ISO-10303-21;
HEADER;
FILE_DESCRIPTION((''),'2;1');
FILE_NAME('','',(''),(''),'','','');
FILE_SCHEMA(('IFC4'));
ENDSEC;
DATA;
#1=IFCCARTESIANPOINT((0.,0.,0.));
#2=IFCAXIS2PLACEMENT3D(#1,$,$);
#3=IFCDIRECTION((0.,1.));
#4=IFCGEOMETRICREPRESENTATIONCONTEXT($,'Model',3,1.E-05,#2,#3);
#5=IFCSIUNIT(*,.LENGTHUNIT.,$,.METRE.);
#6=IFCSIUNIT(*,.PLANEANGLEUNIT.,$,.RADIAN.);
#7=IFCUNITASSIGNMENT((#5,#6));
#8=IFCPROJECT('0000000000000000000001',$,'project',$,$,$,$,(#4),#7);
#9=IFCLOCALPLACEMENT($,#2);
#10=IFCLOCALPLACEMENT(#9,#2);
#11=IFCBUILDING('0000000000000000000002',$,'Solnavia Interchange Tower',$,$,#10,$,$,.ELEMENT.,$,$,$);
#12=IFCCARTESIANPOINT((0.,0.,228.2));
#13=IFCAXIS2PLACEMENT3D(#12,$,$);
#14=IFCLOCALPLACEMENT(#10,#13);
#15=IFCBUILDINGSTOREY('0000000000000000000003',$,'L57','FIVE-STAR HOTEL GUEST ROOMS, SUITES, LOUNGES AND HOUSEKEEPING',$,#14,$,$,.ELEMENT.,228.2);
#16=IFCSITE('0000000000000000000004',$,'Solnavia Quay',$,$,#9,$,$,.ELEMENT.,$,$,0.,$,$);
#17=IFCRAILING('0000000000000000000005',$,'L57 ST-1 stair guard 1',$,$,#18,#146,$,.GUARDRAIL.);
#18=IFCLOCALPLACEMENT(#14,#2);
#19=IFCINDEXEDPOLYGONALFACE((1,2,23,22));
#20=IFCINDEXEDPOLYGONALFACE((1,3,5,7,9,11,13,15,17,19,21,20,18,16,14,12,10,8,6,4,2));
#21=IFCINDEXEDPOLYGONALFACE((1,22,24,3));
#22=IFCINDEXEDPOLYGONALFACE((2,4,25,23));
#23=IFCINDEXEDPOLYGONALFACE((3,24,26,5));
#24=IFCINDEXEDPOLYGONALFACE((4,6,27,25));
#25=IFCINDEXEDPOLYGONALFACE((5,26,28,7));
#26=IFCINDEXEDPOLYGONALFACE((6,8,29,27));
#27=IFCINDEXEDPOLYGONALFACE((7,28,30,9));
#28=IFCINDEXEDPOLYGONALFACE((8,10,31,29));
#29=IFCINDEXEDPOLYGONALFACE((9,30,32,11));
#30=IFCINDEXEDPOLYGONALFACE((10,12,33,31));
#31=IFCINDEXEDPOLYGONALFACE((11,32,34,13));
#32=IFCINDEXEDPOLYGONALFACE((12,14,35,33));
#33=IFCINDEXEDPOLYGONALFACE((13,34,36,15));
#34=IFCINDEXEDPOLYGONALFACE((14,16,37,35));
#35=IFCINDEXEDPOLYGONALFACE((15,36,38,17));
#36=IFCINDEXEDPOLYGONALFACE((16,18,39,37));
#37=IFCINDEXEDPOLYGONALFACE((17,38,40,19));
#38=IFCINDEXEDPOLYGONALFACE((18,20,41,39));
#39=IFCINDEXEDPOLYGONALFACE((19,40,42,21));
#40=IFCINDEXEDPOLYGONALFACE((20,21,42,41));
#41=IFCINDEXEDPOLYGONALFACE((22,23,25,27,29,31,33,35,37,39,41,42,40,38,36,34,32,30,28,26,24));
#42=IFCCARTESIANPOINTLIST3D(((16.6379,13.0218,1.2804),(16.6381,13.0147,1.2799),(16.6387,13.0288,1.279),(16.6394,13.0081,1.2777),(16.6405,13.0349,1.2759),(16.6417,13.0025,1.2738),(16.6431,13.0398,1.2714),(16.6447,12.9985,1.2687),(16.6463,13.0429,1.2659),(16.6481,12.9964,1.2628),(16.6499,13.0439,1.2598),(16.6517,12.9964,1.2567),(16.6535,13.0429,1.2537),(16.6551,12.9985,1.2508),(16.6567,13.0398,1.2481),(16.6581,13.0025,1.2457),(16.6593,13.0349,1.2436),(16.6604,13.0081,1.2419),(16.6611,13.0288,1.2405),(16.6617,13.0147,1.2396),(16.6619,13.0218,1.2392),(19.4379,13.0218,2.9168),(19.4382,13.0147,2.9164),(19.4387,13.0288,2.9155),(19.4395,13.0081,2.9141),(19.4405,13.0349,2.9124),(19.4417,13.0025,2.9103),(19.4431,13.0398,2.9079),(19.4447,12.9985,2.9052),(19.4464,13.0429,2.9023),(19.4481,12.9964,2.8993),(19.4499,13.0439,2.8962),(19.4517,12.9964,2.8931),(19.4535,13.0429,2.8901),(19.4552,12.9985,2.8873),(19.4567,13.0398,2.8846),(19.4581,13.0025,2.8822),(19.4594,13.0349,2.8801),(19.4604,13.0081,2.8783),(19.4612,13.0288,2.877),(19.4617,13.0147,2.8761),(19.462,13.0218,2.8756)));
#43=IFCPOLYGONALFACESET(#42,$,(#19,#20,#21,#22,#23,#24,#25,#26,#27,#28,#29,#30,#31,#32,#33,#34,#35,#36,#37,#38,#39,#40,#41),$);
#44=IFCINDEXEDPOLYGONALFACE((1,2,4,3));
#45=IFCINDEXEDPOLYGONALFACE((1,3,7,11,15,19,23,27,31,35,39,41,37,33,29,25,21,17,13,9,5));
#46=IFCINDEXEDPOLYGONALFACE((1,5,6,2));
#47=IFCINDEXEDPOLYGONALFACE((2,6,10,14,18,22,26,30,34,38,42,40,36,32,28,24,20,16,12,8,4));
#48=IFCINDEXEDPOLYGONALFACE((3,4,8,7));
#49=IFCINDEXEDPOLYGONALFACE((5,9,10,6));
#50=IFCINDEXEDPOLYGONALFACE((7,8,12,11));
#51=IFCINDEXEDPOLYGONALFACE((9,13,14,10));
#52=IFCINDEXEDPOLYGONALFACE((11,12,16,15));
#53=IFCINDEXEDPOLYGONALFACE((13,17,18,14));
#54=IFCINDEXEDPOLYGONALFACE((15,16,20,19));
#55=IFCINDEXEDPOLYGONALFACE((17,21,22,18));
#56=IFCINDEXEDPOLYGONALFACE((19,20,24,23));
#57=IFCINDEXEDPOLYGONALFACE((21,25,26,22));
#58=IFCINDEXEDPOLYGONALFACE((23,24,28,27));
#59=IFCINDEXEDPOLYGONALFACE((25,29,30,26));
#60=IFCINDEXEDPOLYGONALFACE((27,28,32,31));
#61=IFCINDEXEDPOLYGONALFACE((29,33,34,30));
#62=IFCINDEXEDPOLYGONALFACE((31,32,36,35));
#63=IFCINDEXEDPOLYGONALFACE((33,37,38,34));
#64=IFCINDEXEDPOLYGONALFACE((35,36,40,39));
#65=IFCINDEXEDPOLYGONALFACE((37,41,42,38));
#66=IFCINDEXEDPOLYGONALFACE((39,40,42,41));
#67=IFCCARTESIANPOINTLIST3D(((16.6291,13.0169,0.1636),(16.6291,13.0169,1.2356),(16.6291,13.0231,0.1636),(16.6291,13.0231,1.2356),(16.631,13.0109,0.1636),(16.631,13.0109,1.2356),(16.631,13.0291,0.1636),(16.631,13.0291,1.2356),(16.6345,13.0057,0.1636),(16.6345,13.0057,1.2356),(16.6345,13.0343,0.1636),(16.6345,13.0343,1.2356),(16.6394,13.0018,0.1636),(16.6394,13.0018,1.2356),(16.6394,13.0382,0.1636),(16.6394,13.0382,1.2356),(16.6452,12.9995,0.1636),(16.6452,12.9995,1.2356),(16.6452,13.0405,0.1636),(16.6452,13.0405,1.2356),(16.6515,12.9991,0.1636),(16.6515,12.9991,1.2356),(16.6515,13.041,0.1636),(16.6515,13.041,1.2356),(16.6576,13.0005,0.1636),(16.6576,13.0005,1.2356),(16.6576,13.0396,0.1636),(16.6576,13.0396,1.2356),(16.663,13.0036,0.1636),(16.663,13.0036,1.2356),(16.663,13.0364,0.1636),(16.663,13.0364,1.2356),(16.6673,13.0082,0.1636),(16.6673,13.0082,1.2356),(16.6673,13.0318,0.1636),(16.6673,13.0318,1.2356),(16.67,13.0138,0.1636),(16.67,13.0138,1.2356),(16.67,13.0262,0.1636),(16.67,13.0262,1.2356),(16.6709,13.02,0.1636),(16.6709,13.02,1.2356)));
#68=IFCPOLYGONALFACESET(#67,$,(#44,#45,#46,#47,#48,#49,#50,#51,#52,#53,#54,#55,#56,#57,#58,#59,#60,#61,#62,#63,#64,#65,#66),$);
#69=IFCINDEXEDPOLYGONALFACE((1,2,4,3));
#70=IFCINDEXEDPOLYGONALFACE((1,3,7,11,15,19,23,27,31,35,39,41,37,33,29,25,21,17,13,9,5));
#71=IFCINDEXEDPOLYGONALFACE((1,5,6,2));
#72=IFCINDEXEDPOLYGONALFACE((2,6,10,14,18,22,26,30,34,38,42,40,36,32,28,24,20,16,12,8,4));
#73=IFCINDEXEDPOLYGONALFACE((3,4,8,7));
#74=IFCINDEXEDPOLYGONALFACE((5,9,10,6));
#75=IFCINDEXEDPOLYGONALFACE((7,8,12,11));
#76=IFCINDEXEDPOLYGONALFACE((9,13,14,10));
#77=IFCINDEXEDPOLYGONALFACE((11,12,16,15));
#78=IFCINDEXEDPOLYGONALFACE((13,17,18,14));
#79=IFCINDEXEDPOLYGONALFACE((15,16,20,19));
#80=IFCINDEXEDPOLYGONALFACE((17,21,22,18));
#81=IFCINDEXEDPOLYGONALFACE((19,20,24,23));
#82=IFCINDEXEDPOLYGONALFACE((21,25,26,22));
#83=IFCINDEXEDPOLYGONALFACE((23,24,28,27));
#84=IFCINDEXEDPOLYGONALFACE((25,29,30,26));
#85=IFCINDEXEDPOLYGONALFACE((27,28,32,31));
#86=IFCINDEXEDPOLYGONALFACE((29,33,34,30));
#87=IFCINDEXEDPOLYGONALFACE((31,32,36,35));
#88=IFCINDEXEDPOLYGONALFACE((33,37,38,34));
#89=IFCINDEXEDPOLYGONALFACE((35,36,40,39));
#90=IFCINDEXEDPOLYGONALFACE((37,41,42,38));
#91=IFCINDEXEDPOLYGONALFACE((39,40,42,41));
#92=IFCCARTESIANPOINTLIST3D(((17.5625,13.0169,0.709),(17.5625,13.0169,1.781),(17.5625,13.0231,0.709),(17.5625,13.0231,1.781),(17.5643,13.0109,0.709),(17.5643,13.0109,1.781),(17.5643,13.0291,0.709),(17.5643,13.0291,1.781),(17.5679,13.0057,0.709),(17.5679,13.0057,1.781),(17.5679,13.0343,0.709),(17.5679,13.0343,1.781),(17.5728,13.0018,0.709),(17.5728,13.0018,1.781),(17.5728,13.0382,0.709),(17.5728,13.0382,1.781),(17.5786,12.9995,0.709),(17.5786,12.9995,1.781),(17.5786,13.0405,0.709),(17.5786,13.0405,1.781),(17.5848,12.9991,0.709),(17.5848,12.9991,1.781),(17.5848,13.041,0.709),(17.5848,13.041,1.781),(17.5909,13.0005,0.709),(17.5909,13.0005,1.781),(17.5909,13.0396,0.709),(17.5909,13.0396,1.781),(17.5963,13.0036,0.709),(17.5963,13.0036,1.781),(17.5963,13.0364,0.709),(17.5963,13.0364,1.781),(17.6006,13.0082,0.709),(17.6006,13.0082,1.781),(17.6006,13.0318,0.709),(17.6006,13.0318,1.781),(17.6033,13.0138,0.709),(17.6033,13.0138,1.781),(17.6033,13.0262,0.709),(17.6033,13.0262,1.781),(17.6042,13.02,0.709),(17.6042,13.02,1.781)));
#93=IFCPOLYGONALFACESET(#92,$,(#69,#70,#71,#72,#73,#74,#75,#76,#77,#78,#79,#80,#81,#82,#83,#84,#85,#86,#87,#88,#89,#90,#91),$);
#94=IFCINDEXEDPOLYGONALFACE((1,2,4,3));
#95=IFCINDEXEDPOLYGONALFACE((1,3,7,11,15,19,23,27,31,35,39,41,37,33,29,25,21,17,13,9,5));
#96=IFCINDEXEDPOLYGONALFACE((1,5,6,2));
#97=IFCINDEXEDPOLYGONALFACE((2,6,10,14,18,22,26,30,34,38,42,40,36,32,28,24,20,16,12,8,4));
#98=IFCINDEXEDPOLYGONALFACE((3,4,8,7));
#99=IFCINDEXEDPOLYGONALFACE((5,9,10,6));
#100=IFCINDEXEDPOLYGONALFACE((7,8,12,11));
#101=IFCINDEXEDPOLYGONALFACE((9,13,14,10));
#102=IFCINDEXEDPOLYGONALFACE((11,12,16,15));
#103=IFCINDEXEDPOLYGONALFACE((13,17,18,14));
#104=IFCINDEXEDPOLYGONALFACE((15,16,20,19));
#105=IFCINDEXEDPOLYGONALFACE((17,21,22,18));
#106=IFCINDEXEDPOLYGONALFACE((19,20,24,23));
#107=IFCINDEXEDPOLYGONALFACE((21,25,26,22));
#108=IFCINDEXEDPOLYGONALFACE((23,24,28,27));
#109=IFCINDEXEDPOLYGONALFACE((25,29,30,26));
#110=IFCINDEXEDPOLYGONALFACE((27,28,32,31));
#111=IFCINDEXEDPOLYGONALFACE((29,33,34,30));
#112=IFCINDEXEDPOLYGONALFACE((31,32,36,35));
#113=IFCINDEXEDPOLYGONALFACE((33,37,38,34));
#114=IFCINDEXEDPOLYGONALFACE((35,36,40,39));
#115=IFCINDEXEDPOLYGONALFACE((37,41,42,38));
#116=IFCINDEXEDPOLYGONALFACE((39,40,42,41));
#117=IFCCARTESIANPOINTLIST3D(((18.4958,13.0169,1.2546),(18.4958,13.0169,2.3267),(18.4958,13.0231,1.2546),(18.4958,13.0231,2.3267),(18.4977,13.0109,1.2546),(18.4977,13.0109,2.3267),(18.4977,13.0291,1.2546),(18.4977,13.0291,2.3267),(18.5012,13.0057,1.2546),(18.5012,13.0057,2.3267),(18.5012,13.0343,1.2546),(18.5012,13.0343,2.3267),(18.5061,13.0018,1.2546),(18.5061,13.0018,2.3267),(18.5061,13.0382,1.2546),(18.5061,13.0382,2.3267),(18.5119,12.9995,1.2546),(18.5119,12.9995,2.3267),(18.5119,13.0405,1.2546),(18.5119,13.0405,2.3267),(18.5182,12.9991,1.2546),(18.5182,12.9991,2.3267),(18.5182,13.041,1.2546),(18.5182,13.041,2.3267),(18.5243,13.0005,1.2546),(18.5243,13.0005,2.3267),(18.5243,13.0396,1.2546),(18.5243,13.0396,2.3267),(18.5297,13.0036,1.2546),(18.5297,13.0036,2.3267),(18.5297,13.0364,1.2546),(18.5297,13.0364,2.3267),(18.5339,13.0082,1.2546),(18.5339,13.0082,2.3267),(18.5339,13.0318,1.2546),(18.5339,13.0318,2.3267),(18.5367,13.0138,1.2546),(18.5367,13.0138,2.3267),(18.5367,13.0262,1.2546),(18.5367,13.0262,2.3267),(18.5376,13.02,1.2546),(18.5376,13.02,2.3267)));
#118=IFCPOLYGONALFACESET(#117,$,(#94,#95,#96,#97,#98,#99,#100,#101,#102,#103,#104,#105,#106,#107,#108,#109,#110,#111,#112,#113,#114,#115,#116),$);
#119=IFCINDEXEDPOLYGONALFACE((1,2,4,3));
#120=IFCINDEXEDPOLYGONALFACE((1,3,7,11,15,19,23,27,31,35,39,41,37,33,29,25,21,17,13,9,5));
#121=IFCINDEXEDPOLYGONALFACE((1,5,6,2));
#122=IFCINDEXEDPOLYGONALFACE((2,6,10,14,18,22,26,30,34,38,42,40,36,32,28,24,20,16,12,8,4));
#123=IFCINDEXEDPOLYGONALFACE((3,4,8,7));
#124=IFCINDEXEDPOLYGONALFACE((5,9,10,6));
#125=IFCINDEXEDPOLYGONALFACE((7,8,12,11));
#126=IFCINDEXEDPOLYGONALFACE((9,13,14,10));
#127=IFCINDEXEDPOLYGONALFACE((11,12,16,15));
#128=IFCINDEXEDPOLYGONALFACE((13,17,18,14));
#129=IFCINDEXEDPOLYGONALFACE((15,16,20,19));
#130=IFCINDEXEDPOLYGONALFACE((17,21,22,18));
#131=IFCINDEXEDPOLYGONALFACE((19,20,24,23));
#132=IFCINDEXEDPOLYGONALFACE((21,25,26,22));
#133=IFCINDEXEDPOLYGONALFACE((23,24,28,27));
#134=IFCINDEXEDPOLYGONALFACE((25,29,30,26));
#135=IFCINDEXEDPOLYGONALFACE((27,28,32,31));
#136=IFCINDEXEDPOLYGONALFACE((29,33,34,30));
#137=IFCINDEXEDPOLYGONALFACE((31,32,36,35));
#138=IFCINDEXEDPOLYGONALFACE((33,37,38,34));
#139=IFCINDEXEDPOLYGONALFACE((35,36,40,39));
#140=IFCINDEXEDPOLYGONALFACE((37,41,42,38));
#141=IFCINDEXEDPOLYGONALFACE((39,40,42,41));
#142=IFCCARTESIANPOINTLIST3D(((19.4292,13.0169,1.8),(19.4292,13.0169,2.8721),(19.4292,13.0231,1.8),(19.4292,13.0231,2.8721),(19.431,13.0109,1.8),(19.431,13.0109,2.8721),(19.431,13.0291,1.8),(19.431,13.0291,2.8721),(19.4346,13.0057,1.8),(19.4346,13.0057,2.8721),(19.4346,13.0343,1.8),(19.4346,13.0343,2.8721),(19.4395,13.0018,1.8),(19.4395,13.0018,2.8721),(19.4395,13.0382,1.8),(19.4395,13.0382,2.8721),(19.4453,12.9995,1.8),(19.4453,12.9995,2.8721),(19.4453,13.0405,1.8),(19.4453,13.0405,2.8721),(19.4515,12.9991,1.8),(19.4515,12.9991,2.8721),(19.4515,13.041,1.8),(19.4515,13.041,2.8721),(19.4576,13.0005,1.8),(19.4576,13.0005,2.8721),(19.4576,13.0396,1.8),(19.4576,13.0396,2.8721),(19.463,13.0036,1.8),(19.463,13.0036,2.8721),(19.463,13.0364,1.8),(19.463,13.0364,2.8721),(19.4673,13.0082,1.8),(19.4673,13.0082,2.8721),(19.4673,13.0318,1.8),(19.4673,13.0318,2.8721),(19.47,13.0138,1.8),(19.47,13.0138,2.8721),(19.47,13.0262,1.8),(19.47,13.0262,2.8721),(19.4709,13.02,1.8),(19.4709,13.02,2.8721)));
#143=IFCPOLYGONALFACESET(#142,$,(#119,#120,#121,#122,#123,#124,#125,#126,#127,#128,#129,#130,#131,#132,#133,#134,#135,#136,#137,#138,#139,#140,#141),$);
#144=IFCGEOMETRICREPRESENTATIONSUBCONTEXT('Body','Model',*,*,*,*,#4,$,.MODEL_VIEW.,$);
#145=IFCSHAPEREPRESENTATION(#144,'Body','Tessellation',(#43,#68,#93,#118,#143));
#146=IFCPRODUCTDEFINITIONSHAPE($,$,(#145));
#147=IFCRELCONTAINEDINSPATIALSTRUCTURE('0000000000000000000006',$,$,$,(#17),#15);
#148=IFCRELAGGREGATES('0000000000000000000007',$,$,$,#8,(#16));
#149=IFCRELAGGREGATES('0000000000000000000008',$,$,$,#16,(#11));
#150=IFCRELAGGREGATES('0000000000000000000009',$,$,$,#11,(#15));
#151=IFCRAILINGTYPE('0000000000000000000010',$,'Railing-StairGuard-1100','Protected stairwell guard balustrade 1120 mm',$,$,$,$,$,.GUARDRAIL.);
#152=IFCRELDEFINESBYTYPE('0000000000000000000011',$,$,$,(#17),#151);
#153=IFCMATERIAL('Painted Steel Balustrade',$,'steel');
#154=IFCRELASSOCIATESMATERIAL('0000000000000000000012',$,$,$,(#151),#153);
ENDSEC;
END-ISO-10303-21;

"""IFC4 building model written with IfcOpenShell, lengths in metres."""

from ifc_helpers import new_model, si_unit, direction, frame, origin, origin_2d, place, context, subcontext, project, spatial, circle, extrude, material, type_object, element, save


model = new_model("IFC4")

# Units and contexts
model_context = context("Model", 3, precision=1e-05, world=origin(), true_north=direction((0.0, 1.0)))
body_context = subcontext(model_context, "Body", "Model", "MODEL_VIEW")
ifc_project = project(units=[si_unit("LENGTHUNIT", "METRE"), si_unit("PLANEANGLEUNIT", "RADIAN")], contexts=[model_context])

# Site, building, storey
site_placement = place(None, origin())
site = spatial("IfcSite", under=ifc_project, at=site_placement, Name="Solnavia Quay", CompositionType="ELEMENT", RefElevation=0.0)
building_placement = place(site_placement, origin())
building = spatial("IfcBuilding", under=site, at=building_placement, Name="Solnavia Interchange Tower", CompositionType="ELEMENT")
storey_placement = place(building_placement, frame((0.0, 0.0, 228.2)))
storey = spatial("IfcBuildingStorey", under=building, at=storey_placement, Name="L57", Description="FIVE-STAR HOTEL GUEST ROOMS, SUITES, LOUNGES AND HOUSEKEEPING", CompositionType="ELEMENT", Elevation=228.2)

# Railing
ifc_material_1 = material(Name="Painted Steel Balustrade", Category="steel")
railing_type_1 = type_object("IfcRailingType", Name="Railing-StairGuard-1100", Description="Protected stairwell guard balustrade 1120 mm", PredefinedType="GUARDRAIL", material=ifc_material_1)
railing_1_placement = place(storey_placement, frame((16.6499, 13.02, 0.1636)))
element("IfcRailing", 1, at=railing_1_placement, inside=storey, type_object=railing_type_1, Name="L57 ST-1 stair guard 1", PredefinedType="GUARDRAIL", context=body_context, shape_type="SweptSolid", body=[
    extrude(circle(Radius=0.0239, at=origin_2d()), frame((0.0, 0.0, 1.0962), z_axis=(0.863361, 0.0, 0.504587), x_axis=(0.0, 1.0, 0.0)), (0.0, 0.0, 1.0), 3.2432),
    extrude(circle(Radius=0.021, at=origin_2d()), origin(), (0.0, 0.0, 1.0), 1.072),
    extrude(circle(Radius=0.021, at=origin_2d()), frame((0.9333, 0.0, 0.5454)), (0.0, 0.0, 1.0), 1.072),
    extrude(circle(Radius=0.021, at=origin_2d()), frame((1.8667, 0.0, 1.0911)), (0.0, 0.0, 1.0), 1.072),
    extrude(circle(Radius=0.021, at=origin_2d()), frame((2.8, 0.0, 1.6365)), (0.0, 0.0, 1.0), 1.072),
])

save(model, "model.ifc")
